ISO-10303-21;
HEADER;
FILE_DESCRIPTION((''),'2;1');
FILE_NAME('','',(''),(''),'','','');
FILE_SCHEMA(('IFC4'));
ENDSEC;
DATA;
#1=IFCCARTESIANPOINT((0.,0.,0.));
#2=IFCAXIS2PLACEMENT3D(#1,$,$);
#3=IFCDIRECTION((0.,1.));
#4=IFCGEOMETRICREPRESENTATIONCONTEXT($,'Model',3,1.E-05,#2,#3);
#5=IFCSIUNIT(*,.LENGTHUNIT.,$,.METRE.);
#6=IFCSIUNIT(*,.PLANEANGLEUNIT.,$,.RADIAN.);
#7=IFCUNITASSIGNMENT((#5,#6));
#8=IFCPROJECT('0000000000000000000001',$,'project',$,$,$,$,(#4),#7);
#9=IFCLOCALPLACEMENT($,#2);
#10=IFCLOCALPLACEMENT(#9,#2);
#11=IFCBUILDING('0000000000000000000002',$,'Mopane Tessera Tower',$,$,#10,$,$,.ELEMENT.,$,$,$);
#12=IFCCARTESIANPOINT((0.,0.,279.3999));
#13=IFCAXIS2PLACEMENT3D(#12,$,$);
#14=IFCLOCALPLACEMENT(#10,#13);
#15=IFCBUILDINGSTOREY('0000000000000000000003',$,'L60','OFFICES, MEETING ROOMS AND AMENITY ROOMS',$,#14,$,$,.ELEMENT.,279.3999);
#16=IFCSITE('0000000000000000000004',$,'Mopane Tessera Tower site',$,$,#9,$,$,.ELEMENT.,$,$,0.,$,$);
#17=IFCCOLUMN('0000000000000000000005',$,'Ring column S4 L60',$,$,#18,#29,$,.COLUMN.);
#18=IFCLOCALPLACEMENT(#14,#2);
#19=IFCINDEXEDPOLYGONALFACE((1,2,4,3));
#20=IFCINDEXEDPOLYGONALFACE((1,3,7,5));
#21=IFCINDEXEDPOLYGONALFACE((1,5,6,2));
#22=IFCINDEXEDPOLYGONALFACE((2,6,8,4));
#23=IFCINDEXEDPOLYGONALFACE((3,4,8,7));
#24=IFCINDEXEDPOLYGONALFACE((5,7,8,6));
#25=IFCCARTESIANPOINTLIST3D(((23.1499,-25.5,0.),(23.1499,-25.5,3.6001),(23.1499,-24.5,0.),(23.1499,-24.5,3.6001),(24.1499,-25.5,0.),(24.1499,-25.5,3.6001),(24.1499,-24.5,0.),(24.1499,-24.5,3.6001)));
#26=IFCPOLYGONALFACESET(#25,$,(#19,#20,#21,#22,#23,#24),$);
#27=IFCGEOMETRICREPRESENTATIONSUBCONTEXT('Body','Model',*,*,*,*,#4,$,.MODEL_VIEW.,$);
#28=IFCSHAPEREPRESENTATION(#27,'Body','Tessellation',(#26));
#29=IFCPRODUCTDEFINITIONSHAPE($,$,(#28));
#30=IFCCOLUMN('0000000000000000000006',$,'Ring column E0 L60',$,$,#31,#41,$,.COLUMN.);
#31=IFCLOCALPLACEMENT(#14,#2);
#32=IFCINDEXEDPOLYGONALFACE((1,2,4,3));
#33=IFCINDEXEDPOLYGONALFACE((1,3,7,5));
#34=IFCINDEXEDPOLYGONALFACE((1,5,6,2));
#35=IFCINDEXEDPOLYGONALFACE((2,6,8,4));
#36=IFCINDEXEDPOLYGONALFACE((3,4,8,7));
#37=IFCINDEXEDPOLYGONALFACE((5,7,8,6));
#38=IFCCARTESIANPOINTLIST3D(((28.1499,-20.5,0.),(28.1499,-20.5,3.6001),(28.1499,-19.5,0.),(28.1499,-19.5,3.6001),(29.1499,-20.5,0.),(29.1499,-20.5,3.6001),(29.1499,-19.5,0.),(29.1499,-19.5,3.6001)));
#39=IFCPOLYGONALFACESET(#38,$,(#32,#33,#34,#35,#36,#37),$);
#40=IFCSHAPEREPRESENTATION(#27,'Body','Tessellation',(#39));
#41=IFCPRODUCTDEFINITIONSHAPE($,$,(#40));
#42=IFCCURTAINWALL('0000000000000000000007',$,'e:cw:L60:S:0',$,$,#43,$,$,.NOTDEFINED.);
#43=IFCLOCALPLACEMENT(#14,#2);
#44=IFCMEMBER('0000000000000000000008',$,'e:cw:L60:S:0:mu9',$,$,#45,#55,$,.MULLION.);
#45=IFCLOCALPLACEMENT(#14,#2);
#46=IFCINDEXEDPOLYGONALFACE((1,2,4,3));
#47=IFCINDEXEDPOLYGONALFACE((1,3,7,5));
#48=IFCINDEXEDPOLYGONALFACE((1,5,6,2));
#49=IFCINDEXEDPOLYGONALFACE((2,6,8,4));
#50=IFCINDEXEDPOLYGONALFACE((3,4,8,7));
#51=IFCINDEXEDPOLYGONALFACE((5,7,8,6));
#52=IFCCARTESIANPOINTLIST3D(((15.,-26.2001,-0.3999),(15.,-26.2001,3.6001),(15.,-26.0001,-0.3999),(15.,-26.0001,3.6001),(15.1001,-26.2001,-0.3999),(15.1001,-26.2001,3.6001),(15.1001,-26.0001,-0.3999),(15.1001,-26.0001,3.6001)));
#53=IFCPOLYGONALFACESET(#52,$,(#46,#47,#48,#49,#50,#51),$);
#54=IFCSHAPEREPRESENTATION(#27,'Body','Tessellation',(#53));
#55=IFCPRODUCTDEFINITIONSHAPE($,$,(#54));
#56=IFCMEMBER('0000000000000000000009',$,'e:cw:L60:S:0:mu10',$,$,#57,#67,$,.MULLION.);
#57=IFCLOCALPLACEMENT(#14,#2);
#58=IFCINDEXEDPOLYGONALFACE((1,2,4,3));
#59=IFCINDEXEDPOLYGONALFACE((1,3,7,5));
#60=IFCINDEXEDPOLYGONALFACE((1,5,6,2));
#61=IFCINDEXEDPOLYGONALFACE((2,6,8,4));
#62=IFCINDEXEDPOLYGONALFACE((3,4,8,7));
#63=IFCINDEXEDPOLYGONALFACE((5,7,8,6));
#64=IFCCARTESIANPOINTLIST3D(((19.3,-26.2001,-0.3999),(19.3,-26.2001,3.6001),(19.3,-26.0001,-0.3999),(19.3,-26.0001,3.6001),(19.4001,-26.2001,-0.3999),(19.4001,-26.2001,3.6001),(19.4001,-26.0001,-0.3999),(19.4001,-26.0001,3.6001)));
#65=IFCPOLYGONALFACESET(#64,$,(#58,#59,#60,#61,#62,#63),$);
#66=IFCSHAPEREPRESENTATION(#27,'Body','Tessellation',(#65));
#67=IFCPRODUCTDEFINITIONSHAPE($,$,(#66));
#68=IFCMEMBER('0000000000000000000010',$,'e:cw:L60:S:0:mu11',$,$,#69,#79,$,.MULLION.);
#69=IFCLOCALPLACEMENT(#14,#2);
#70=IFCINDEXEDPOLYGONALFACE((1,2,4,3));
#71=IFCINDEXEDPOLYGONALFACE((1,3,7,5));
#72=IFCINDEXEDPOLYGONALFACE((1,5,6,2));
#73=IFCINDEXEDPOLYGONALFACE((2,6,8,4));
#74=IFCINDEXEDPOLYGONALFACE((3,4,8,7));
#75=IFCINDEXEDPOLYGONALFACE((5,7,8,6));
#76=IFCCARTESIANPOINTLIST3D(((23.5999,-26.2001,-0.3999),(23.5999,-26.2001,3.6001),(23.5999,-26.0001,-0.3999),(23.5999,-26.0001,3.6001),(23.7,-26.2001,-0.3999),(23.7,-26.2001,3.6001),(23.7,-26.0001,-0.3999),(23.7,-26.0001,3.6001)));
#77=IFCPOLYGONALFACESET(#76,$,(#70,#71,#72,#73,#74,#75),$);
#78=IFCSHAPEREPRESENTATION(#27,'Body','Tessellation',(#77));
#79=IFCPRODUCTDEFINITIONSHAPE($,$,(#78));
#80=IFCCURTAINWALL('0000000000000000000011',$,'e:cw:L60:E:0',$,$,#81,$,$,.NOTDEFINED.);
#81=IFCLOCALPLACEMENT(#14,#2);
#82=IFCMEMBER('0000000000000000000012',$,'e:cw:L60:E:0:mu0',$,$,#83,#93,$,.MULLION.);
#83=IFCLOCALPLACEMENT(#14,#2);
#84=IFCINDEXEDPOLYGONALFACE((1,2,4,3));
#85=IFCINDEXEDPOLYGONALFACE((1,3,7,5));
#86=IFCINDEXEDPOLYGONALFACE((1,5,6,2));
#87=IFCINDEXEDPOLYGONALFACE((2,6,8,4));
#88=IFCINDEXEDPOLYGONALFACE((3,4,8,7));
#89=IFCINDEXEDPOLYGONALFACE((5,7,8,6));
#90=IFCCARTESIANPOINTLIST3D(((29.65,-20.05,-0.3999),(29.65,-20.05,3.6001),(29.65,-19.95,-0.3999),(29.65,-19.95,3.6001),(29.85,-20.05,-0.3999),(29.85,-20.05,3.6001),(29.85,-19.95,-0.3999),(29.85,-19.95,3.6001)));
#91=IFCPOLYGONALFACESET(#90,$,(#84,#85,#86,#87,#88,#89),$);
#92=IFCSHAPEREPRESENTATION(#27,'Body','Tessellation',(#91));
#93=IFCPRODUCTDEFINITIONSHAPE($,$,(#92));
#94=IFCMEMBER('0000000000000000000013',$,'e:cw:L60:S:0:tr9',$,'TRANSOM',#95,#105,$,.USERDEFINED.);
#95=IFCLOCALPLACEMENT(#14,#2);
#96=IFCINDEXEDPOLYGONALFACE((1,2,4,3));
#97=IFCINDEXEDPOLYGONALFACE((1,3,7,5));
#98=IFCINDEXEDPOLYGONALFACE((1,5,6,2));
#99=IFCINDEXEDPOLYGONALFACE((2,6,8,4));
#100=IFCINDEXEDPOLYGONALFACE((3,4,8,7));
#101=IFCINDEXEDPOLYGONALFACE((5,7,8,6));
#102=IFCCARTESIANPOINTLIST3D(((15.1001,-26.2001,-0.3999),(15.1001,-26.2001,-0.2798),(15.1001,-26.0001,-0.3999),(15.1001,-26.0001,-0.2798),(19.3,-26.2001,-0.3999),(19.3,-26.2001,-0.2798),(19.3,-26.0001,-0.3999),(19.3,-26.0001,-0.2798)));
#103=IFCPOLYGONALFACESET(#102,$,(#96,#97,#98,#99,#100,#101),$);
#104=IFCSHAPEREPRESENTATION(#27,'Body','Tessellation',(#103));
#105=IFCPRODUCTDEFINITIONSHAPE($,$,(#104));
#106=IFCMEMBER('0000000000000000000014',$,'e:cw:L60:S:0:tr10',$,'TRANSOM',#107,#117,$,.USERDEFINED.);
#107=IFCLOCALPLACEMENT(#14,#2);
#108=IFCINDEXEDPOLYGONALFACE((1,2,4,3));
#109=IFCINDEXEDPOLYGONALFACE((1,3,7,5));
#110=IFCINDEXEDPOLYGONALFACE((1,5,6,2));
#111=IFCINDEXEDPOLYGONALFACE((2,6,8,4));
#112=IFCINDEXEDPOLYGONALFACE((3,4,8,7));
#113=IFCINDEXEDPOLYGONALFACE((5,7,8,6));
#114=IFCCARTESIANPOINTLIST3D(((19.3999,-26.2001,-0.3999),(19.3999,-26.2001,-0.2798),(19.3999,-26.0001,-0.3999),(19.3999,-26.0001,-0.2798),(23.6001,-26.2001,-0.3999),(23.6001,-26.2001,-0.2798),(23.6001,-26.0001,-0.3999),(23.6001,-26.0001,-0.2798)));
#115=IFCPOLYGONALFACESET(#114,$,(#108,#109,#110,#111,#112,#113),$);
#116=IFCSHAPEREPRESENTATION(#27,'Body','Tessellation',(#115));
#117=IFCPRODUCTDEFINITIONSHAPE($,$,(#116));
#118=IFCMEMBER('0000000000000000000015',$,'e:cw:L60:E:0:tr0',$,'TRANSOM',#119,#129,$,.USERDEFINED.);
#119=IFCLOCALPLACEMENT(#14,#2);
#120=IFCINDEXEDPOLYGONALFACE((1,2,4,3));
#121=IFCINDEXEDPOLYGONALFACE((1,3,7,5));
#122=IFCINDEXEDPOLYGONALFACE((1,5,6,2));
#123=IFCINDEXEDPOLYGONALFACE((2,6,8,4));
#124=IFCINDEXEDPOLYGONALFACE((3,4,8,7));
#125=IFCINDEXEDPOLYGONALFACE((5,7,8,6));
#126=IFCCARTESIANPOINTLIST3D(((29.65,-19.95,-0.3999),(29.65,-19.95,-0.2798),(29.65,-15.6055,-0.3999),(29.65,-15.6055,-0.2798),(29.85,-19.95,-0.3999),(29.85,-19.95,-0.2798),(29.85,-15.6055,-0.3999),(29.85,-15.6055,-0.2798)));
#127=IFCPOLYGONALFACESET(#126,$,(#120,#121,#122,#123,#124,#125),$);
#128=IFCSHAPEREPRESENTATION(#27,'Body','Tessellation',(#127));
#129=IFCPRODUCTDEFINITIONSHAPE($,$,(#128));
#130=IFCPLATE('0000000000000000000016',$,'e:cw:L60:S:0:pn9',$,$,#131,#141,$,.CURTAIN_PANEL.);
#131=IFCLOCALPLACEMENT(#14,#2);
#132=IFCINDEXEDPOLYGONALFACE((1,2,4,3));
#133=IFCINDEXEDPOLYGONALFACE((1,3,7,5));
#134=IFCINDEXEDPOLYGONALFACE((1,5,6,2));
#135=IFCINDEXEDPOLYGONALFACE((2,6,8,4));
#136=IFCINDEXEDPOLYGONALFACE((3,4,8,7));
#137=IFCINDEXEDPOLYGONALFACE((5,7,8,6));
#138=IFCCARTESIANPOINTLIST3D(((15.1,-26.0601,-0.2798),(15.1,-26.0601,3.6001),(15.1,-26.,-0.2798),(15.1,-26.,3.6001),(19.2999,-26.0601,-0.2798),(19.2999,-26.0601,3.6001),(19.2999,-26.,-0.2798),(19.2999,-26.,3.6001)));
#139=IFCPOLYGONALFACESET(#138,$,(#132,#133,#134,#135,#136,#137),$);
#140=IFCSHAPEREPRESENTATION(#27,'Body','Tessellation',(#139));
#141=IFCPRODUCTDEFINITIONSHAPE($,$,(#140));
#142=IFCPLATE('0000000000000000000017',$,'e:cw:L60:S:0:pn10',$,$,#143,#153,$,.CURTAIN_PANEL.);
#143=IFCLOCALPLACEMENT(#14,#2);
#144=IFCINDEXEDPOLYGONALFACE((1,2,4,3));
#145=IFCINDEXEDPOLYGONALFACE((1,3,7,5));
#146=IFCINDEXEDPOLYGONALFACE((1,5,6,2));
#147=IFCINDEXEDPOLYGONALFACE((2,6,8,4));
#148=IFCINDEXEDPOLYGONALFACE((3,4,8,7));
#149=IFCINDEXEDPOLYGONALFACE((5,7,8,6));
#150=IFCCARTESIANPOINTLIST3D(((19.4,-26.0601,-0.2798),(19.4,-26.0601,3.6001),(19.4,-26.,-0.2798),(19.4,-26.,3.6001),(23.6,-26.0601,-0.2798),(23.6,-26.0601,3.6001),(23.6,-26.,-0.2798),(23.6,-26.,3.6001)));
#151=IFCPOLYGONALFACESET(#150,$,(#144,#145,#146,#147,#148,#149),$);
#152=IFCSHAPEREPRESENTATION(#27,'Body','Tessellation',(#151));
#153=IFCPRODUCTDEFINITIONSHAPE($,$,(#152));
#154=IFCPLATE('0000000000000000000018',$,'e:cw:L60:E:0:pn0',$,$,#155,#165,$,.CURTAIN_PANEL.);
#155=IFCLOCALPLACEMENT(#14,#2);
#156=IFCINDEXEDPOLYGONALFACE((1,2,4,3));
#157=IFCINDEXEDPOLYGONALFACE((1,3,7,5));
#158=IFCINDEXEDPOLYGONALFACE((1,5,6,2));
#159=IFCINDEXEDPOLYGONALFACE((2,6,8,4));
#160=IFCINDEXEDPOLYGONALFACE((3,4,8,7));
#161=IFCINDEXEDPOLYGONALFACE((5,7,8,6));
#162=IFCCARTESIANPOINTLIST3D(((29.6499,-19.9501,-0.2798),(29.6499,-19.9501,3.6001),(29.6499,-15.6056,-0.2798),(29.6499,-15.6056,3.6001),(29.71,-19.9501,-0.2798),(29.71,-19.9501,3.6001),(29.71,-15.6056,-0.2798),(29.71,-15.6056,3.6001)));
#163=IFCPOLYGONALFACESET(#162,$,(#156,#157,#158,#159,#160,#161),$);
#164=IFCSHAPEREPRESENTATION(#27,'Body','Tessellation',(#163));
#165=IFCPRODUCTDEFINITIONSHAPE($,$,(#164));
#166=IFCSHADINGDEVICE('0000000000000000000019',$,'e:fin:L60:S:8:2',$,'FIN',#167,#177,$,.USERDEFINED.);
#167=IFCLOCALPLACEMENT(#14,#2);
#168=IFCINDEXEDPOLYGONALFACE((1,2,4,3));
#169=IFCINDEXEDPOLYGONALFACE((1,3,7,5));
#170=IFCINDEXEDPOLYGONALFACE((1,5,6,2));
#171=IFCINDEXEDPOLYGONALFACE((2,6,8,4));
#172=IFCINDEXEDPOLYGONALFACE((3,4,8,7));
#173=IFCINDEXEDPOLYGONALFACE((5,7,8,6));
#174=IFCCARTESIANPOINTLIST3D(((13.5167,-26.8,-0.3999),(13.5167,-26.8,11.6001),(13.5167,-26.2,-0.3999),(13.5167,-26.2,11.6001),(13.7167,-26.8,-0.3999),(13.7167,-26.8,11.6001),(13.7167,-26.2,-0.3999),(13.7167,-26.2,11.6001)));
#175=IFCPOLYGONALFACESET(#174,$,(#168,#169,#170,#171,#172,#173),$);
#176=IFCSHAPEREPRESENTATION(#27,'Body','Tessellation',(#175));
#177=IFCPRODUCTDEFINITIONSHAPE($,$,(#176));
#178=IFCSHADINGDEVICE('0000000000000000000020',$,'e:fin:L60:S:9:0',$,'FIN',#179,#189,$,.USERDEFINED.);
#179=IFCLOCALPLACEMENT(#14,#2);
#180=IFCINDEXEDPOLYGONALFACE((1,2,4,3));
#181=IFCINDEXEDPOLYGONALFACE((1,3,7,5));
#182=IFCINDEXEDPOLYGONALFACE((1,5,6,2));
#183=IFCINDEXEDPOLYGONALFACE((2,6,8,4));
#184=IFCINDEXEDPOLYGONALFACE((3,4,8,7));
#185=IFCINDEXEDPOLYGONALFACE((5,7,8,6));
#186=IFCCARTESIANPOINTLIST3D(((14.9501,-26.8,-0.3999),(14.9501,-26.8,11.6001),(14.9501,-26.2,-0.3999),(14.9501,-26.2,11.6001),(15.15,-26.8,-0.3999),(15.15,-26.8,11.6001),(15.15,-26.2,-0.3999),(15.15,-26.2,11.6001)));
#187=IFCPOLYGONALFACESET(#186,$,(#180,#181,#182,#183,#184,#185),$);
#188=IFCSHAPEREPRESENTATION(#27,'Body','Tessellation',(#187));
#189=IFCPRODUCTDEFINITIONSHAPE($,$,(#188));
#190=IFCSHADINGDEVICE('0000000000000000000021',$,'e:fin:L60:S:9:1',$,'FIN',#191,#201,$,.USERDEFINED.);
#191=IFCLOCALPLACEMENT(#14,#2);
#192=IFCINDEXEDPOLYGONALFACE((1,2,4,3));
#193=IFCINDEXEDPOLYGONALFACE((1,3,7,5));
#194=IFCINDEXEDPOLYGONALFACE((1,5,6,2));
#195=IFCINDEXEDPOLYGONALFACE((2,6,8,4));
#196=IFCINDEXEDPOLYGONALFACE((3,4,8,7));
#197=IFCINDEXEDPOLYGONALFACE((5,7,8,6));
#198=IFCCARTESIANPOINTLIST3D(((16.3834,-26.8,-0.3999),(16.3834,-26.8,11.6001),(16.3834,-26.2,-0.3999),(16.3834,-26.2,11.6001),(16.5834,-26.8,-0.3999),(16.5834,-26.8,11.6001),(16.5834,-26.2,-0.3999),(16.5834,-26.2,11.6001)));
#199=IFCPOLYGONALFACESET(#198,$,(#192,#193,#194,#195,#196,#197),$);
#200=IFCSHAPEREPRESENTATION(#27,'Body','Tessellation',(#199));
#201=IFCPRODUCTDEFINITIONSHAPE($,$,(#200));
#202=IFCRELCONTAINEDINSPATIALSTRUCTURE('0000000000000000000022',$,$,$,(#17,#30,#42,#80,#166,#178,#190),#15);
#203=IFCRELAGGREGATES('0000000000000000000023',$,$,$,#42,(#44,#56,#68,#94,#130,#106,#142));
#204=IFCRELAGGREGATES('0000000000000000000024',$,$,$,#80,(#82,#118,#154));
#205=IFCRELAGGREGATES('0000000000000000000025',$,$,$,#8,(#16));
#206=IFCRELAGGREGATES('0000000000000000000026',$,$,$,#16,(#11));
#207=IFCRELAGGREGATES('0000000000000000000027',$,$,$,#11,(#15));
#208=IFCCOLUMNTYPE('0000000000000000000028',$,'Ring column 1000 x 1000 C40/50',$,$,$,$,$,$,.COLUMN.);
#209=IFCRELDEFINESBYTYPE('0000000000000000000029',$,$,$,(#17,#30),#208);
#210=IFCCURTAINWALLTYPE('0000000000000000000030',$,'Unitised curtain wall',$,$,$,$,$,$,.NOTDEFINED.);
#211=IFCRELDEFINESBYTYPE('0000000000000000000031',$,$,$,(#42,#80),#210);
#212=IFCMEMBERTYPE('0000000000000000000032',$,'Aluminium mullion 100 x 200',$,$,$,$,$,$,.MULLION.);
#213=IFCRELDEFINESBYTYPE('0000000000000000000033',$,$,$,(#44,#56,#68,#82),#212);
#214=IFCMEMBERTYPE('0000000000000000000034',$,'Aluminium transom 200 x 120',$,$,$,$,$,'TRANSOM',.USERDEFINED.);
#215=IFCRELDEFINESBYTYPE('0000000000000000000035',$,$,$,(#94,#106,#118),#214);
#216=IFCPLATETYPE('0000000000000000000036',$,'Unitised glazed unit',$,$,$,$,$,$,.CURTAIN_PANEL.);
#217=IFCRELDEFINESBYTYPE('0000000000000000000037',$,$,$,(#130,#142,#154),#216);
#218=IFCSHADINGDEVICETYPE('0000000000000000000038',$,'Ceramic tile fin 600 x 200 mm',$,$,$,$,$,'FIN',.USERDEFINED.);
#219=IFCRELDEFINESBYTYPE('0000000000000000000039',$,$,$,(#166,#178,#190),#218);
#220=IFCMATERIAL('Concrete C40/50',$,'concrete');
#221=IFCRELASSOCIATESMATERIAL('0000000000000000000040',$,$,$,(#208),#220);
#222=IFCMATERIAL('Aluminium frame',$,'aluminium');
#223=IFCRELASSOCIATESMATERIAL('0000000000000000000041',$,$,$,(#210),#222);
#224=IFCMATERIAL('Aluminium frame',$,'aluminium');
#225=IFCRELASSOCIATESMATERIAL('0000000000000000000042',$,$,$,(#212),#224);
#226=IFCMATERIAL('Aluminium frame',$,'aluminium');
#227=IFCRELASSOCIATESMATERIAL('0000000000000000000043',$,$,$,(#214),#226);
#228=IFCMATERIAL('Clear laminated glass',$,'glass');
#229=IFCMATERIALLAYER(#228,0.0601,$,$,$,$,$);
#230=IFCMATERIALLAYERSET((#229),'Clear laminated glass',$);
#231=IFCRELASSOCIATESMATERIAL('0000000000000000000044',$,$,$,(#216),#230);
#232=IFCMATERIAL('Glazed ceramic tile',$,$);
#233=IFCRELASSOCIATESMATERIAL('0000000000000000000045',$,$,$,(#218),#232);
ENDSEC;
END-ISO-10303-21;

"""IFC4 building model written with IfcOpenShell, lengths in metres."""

from ifc_helpers import new_model, si_unit, direction, frame, origin, origin_2d, place, context, subcontext, project, spatial, rectangle, extrude, material, layer, layer_set, material_profile, profile_set, type_object, element, aggregate, save


model = new_model("IFC4")

# Units and contexts
model_context = context("Model", 3, precision=1e-05, world=origin(), true_north=direction((0.0, 1.0)))
body_context = subcontext(model_context, "Body", "Model", "MODEL_VIEW")
ifc_project = project(units=[si_unit("LENGTHUNIT", "METRE"), si_unit("PLANEANGLEUNIT", "RADIAN")], contexts=[model_context])

# Site, building, storey
site_placement = place(None, origin())
site = spatial("IfcSite", under=ifc_project, at=site_placement, Name="Mopane Tessera Tower site", CompositionType="ELEMENT", RefElevation=0.0)
building_placement = place(site_placement, origin())
building = spatial("IfcBuilding", under=site, at=building_placement, Name="Mopane Tessera Tower", CompositionType="ELEMENT")
storey_placement = place(building_placement, frame((0.0, 0.0, 279.3999)))
storey = spatial("IfcBuildingStorey", under=building, at=storey_placement, Name="L60", Description="OFFICES, MEETING ROOMS AND AMENITY ROOMS", CompositionType="ELEMENT", Elevation=279.3999)

# Columns
ifc_material_1 = material(Name="Concrete C40/50", Category="concrete")
ifc_material_profile_1 = material_profile(ifc_material_1, rectangle(XDim=1.0, YDim=1.0, at=origin_2d()))
ifc_profile_set_1 = profile_set([ifc_material_profile_1], Name="Concrete C40/50")
column_type = type_object("IfcColumnType", Name="Ring column 1000 x 1000 C40/50", PredefinedType="COLUMN", material=ifc_profile_set_1)
for number, where, z_axis, x_axis, name in (
    (1, (23.6499, -25.0, 0.0), (0.0, 0.0, 1.0), (1.0, 0.0, 0.0), "Ring column S4 L60"),
    (2, (28.6499, -20.0, 0.0), (0.0, 0.0, 1.0), (1.0, 0.0, 0.0), "Ring column E0 L60"),
):
    element("IfcColumn", number, at=place(storey_placement, frame(where, z_axis=z_axis, x_axis=x_axis)), inside=storey, type_object=column_type, Name=name, PredefinedType="COLUMN", context=body_context, shape_type="SweptSolid", body=[
        extrude(rectangle(XDim=1.0, YDim=1.0, at=origin_2d()), origin(), (0.0, 0.0, 1.0), 3.6001),
    ])

# Curtain wall, members
ifc_material_2 = material(Name="Aluminium frame", Category="aluminium")
curtain_wall_type = type_object("IfcCurtainWallType", Name="Unitised curtain wall", PredefinedType="NOTDEFINED", material=ifc_material_2)
curtain_wall_1_placement = place(storey_placement, origin())
curtain_wall_1 = element("IfcCurtainWall", 3, at=curtain_wall_1_placement, inside=storey, type_object=curtain_wall_type, Name="e:cw:L60:S:0", PredefinedType="NOTDEFINED")
ifc_material_3 = material(Name="Aluminium frame", Category="aluminium")
ifc_material_profile_2 = material_profile(ifc_material_3, rectangle(XDim=0.1001, YDim=0.2, at=origin_2d()))
ifc_profile_set_2 = profile_set([ifc_material_profile_2], Name="Aluminium frame")
member_type_1 = type_object("IfcMemberType", Name="Aluminium mullion 100 x 200", PredefinedType="MULLION", material=ifc_profile_set_2)
member_1_placement = place(storey_placement, frame((15.05, -26.1001, -0.3999), z_axis=(0.0, 0.0, 1.0), x_axis=(1.0, 0.0, 0.0)))
member_1 = element("IfcMember", 4, at=member_1_placement, type_object=member_type_1, Name="e:cw:L60:S:0:mu9", PredefinedType="MULLION", context=body_context, shape_type="SweptSolid", body=[
    extrude(rectangle(XDim=0.1001, YDim=0.2, at=origin_2d()), origin(), (0.0, 0.0, 1.0), 4.0),
])
member_2_placement = place(storey_placement, frame((19.3501, -26.1001, -0.3999), z_axis=(0.0, 0.0, 1.0), x_axis=(1.0, 0.0, 0.0)))
member_2 = element("IfcMember", 5, at=member_2_placement, type_object=member_type_1, Name="e:cw:L60:S:0:mu10", PredefinedType="MULLION", context=body_context, shape_type="SweptSolid", body=[
    extrude(rectangle(XDim=0.1001, YDim=0.2, at=origin_2d()), origin(), (0.0, 0.0, 1.0), 4.0),
])
member_3_placement = place(storey_placement, frame((23.6499, -26.1001, -0.3999), z_axis=(0.0, 0.0, 1.0), x_axis=(1.0, 0.0, 0.0)))
member_3 = element("IfcMember", 6, at=member_3_placement, type_object=member_type_1, Name="e:cw:L60:S:0:mu11", PredefinedType="MULLION", context=body_context, shape_type="SweptSolid", body=[
    extrude(rectangle(XDim=0.1001, YDim=0.2, at=origin_2d()), origin(), (0.0, 0.0, 1.0), 4.0),
])

# Curtain wall, member
curtain_wall_2_placement = place(storey_placement, origin())
curtain_wall_2 = element("IfcCurtainWall", 7, at=curtain_wall_2_placement, inside=storey, type_object=curtain_wall_type, Name="e:cw:L60:E:0", PredefinedType="NOTDEFINED")
member_4_placement = place(storey_placement, frame((29.75, -20.0, -0.3999), z_axis=(0.0, 0.0, 1.0), x_axis=(0.0, 1.0, 0.0)))
member_4 = element("IfcMember", 8, at=member_4_placement, type_object=member_type_1, Name="e:cw:L60:E:0:mu0", PredefinedType="MULLION", context=body_context, shape_type="SweptSolid", body=[
    extrude(rectangle(XDim=0.1001, YDim=0.2, at=origin_2d()), origin(), (0.0, 0.0, 1.0), 4.0),
])

# Members
ifc_material_4 = material(Name="Aluminium frame", Category="aluminium")
ifc_material_profile_3 = material_profile(ifc_material_4, rectangle(XDim=0.2, YDim=0.1201, at=origin_2d()))
ifc_profile_set_3 = profile_set([ifc_material_profile_3], Name="Aluminium frame")
member_type_2 = type_object("IfcMemberType", Name="Aluminium transom 200 x 120", ElementType="TRANSOM", PredefinedType="USERDEFINED", material=ifc_profile_set_3)
member_5_placement = place(storey_placement, frame((15.1001, -26.1001, -0.3398), z_axis=(1.0, 0.0, 0.0), x_axis=(0.0, 1.0, 0.0)))
member_5 = element("IfcMember", 9, at=member_5_placement, type_object=member_type_2, Name="e:cw:L60:S:0:tr9", ObjectType="TRANSOM", PredefinedType="USERDEFINED", context=body_context, shape_type="SweptSolid", body=[
    extrude(rectangle(XDim=0.2, YDim=0.1201, at=origin_2d()), origin(), (0.0, 0.0, 1.0), 4.2),
])
member_6_placement = place(storey_placement, frame((19.3999, -26.1001, -0.3398), z_axis=(1.0, 0.0, 0.0), x_axis=(0.0, 1.0, 0.0)))
member_6 = element("IfcMember", 10, at=member_6_placement, type_object=member_type_2, Name="e:cw:L60:S:0:tr10", ObjectType="TRANSOM", PredefinedType="USERDEFINED", context=body_context, shape_type="SweptSolid", body=[
    extrude(rectangle(XDim=0.2, YDim=0.1201, at=origin_2d()), origin(), (0.0, 0.0, 1.0), 4.2002),
])
member_7_placement = place(storey_placement, frame((29.75, -19.95, -0.3398), z_axis=(0.0, 1.0, 0.0), x_axis=(-1.0, 0.0, 0.0)))
member_7 = element("IfcMember", 11, at=member_7_placement, type_object=member_type_2, Name="e:cw:L60:E:0:tr0", ObjectType="TRANSOM", PredefinedType="USERDEFINED", context=body_context, shape_type="SweptSolid", body=[
    extrude(rectangle(XDim=0.2, YDim=0.1201, at=origin_2d()), origin(), (0.0, 0.0, 1.0), 4.3445),
])

# Plates
ifc_material_5 = material(Name="Clear laminated glass", Category="glass")
ifc_layer = layer(ifc_material_5, 0.0601)
ifc_layer_set = layer_set([ifc_layer], Name="Clear laminated glass")
plate_type = type_object("IfcPlateType", Name="Unitised glazed unit", PredefinedType="CURTAIN_PANEL", material=ifc_layer_set)
plate_1_placement = place(storey_placement, frame((17.2, -26.03, -0.2798), z_axis=(0.0, 0.0, 1.0), x_axis=(1.0, 0.0, 0.0)))
plate_1 = element("IfcPlate", 12, at=plate_1_placement, type_object=plate_type, Name="e:cw:L60:S:0:pn9", PredefinedType="CURTAIN_PANEL", context=body_context, shape_type="SweptSolid", body=[
    extrude(rectangle(XDim=4.2, YDim=0.0601, at=origin_2d()), origin(), (0.0, 0.0, 1.0), 3.8799),
])
plate_2_placement = place(storey_placement, frame((21.5, -26.03, -0.2798), z_axis=(0.0, 0.0, 1.0), x_axis=(1.0, 0.0, 0.0)))
plate_2 = element("IfcPlate", 13, at=plate_2_placement, type_object=plate_type, Name="e:cw:L60:S:0:pn10", PredefinedType="CURTAIN_PANEL", context=body_context, shape_type="SweptSolid", body=[
    extrude(rectangle(XDim=4.2, YDim=0.0601, at=origin_2d()), origin(), (0.0, 0.0, 1.0), 3.8799),
])
aggregate(curtain_wall_1, [member_1, member_2, member_3, member_5, plate_1, member_6, plate_2])
plate_3_placement = place(storey_placement, frame((29.6799, -17.7778, -0.2798), z_axis=(0.0, 0.0, 1.0), x_axis=(0.0, 1.0, 0.0)))
plate_3 = element("IfcPlate", 14, at=plate_3_placement, type_object=plate_type, Name="e:cw:L60:E:0:pn0", PredefinedType="CURTAIN_PANEL", context=body_context, shape_type="SweptSolid", body=[
    extrude(rectangle(XDim=4.3445, YDim=0.0601, at=origin_2d()), origin(), (0.0, 0.0, 1.0), 3.8799),
])
aggregate(curtain_wall_2, [member_4, member_7, plate_3])

# Shading devices
ifc_material_6 = material(Name="Glazed ceramic tile")
shading_device_type = type_object("IfcShadingDeviceType", Name="Ceramic tile fin 600 x 200 mm", ElementType="FIN", PredefinedType="USERDEFINED", material=ifc_material_6)
for number, where, z_axis, x_axis, name in (
    (15, (13.6167, -26.5, -0.3999), (0.0, 0.0, 1.0), (1.0, 0.0, 0.0), "e:fin:L60:S:8:2"),
    (16, (15.05, -26.5, -0.3999), (0.0, 0.0, 1.0), (1.0, 0.0, 0.0), "e:fin:L60:S:9:0"),
    (17, (16.4834, -26.5, -0.3999), (0.0, 0.0, 1.0), (1.0, 0.0, 0.0), "e:fin:L60:S:9:1"),
):
    element("IfcShadingDevice", number, at=place(storey_placement, frame(where, z_axis=z_axis, x_axis=x_axis)), inside=storey, type_object=shading_device_type, Name=name, ObjectType="FIN", PredefinedType="USERDEFINED", context=body_context, shape_type="SweptSolid", body=[
        extrude(rectangle(XDim=0.2, YDim=0.6001, at=origin_2d()), origin(), (0.0, 0.0, 1.0), 12.0),
    ])

save(model, "model.ifc")
